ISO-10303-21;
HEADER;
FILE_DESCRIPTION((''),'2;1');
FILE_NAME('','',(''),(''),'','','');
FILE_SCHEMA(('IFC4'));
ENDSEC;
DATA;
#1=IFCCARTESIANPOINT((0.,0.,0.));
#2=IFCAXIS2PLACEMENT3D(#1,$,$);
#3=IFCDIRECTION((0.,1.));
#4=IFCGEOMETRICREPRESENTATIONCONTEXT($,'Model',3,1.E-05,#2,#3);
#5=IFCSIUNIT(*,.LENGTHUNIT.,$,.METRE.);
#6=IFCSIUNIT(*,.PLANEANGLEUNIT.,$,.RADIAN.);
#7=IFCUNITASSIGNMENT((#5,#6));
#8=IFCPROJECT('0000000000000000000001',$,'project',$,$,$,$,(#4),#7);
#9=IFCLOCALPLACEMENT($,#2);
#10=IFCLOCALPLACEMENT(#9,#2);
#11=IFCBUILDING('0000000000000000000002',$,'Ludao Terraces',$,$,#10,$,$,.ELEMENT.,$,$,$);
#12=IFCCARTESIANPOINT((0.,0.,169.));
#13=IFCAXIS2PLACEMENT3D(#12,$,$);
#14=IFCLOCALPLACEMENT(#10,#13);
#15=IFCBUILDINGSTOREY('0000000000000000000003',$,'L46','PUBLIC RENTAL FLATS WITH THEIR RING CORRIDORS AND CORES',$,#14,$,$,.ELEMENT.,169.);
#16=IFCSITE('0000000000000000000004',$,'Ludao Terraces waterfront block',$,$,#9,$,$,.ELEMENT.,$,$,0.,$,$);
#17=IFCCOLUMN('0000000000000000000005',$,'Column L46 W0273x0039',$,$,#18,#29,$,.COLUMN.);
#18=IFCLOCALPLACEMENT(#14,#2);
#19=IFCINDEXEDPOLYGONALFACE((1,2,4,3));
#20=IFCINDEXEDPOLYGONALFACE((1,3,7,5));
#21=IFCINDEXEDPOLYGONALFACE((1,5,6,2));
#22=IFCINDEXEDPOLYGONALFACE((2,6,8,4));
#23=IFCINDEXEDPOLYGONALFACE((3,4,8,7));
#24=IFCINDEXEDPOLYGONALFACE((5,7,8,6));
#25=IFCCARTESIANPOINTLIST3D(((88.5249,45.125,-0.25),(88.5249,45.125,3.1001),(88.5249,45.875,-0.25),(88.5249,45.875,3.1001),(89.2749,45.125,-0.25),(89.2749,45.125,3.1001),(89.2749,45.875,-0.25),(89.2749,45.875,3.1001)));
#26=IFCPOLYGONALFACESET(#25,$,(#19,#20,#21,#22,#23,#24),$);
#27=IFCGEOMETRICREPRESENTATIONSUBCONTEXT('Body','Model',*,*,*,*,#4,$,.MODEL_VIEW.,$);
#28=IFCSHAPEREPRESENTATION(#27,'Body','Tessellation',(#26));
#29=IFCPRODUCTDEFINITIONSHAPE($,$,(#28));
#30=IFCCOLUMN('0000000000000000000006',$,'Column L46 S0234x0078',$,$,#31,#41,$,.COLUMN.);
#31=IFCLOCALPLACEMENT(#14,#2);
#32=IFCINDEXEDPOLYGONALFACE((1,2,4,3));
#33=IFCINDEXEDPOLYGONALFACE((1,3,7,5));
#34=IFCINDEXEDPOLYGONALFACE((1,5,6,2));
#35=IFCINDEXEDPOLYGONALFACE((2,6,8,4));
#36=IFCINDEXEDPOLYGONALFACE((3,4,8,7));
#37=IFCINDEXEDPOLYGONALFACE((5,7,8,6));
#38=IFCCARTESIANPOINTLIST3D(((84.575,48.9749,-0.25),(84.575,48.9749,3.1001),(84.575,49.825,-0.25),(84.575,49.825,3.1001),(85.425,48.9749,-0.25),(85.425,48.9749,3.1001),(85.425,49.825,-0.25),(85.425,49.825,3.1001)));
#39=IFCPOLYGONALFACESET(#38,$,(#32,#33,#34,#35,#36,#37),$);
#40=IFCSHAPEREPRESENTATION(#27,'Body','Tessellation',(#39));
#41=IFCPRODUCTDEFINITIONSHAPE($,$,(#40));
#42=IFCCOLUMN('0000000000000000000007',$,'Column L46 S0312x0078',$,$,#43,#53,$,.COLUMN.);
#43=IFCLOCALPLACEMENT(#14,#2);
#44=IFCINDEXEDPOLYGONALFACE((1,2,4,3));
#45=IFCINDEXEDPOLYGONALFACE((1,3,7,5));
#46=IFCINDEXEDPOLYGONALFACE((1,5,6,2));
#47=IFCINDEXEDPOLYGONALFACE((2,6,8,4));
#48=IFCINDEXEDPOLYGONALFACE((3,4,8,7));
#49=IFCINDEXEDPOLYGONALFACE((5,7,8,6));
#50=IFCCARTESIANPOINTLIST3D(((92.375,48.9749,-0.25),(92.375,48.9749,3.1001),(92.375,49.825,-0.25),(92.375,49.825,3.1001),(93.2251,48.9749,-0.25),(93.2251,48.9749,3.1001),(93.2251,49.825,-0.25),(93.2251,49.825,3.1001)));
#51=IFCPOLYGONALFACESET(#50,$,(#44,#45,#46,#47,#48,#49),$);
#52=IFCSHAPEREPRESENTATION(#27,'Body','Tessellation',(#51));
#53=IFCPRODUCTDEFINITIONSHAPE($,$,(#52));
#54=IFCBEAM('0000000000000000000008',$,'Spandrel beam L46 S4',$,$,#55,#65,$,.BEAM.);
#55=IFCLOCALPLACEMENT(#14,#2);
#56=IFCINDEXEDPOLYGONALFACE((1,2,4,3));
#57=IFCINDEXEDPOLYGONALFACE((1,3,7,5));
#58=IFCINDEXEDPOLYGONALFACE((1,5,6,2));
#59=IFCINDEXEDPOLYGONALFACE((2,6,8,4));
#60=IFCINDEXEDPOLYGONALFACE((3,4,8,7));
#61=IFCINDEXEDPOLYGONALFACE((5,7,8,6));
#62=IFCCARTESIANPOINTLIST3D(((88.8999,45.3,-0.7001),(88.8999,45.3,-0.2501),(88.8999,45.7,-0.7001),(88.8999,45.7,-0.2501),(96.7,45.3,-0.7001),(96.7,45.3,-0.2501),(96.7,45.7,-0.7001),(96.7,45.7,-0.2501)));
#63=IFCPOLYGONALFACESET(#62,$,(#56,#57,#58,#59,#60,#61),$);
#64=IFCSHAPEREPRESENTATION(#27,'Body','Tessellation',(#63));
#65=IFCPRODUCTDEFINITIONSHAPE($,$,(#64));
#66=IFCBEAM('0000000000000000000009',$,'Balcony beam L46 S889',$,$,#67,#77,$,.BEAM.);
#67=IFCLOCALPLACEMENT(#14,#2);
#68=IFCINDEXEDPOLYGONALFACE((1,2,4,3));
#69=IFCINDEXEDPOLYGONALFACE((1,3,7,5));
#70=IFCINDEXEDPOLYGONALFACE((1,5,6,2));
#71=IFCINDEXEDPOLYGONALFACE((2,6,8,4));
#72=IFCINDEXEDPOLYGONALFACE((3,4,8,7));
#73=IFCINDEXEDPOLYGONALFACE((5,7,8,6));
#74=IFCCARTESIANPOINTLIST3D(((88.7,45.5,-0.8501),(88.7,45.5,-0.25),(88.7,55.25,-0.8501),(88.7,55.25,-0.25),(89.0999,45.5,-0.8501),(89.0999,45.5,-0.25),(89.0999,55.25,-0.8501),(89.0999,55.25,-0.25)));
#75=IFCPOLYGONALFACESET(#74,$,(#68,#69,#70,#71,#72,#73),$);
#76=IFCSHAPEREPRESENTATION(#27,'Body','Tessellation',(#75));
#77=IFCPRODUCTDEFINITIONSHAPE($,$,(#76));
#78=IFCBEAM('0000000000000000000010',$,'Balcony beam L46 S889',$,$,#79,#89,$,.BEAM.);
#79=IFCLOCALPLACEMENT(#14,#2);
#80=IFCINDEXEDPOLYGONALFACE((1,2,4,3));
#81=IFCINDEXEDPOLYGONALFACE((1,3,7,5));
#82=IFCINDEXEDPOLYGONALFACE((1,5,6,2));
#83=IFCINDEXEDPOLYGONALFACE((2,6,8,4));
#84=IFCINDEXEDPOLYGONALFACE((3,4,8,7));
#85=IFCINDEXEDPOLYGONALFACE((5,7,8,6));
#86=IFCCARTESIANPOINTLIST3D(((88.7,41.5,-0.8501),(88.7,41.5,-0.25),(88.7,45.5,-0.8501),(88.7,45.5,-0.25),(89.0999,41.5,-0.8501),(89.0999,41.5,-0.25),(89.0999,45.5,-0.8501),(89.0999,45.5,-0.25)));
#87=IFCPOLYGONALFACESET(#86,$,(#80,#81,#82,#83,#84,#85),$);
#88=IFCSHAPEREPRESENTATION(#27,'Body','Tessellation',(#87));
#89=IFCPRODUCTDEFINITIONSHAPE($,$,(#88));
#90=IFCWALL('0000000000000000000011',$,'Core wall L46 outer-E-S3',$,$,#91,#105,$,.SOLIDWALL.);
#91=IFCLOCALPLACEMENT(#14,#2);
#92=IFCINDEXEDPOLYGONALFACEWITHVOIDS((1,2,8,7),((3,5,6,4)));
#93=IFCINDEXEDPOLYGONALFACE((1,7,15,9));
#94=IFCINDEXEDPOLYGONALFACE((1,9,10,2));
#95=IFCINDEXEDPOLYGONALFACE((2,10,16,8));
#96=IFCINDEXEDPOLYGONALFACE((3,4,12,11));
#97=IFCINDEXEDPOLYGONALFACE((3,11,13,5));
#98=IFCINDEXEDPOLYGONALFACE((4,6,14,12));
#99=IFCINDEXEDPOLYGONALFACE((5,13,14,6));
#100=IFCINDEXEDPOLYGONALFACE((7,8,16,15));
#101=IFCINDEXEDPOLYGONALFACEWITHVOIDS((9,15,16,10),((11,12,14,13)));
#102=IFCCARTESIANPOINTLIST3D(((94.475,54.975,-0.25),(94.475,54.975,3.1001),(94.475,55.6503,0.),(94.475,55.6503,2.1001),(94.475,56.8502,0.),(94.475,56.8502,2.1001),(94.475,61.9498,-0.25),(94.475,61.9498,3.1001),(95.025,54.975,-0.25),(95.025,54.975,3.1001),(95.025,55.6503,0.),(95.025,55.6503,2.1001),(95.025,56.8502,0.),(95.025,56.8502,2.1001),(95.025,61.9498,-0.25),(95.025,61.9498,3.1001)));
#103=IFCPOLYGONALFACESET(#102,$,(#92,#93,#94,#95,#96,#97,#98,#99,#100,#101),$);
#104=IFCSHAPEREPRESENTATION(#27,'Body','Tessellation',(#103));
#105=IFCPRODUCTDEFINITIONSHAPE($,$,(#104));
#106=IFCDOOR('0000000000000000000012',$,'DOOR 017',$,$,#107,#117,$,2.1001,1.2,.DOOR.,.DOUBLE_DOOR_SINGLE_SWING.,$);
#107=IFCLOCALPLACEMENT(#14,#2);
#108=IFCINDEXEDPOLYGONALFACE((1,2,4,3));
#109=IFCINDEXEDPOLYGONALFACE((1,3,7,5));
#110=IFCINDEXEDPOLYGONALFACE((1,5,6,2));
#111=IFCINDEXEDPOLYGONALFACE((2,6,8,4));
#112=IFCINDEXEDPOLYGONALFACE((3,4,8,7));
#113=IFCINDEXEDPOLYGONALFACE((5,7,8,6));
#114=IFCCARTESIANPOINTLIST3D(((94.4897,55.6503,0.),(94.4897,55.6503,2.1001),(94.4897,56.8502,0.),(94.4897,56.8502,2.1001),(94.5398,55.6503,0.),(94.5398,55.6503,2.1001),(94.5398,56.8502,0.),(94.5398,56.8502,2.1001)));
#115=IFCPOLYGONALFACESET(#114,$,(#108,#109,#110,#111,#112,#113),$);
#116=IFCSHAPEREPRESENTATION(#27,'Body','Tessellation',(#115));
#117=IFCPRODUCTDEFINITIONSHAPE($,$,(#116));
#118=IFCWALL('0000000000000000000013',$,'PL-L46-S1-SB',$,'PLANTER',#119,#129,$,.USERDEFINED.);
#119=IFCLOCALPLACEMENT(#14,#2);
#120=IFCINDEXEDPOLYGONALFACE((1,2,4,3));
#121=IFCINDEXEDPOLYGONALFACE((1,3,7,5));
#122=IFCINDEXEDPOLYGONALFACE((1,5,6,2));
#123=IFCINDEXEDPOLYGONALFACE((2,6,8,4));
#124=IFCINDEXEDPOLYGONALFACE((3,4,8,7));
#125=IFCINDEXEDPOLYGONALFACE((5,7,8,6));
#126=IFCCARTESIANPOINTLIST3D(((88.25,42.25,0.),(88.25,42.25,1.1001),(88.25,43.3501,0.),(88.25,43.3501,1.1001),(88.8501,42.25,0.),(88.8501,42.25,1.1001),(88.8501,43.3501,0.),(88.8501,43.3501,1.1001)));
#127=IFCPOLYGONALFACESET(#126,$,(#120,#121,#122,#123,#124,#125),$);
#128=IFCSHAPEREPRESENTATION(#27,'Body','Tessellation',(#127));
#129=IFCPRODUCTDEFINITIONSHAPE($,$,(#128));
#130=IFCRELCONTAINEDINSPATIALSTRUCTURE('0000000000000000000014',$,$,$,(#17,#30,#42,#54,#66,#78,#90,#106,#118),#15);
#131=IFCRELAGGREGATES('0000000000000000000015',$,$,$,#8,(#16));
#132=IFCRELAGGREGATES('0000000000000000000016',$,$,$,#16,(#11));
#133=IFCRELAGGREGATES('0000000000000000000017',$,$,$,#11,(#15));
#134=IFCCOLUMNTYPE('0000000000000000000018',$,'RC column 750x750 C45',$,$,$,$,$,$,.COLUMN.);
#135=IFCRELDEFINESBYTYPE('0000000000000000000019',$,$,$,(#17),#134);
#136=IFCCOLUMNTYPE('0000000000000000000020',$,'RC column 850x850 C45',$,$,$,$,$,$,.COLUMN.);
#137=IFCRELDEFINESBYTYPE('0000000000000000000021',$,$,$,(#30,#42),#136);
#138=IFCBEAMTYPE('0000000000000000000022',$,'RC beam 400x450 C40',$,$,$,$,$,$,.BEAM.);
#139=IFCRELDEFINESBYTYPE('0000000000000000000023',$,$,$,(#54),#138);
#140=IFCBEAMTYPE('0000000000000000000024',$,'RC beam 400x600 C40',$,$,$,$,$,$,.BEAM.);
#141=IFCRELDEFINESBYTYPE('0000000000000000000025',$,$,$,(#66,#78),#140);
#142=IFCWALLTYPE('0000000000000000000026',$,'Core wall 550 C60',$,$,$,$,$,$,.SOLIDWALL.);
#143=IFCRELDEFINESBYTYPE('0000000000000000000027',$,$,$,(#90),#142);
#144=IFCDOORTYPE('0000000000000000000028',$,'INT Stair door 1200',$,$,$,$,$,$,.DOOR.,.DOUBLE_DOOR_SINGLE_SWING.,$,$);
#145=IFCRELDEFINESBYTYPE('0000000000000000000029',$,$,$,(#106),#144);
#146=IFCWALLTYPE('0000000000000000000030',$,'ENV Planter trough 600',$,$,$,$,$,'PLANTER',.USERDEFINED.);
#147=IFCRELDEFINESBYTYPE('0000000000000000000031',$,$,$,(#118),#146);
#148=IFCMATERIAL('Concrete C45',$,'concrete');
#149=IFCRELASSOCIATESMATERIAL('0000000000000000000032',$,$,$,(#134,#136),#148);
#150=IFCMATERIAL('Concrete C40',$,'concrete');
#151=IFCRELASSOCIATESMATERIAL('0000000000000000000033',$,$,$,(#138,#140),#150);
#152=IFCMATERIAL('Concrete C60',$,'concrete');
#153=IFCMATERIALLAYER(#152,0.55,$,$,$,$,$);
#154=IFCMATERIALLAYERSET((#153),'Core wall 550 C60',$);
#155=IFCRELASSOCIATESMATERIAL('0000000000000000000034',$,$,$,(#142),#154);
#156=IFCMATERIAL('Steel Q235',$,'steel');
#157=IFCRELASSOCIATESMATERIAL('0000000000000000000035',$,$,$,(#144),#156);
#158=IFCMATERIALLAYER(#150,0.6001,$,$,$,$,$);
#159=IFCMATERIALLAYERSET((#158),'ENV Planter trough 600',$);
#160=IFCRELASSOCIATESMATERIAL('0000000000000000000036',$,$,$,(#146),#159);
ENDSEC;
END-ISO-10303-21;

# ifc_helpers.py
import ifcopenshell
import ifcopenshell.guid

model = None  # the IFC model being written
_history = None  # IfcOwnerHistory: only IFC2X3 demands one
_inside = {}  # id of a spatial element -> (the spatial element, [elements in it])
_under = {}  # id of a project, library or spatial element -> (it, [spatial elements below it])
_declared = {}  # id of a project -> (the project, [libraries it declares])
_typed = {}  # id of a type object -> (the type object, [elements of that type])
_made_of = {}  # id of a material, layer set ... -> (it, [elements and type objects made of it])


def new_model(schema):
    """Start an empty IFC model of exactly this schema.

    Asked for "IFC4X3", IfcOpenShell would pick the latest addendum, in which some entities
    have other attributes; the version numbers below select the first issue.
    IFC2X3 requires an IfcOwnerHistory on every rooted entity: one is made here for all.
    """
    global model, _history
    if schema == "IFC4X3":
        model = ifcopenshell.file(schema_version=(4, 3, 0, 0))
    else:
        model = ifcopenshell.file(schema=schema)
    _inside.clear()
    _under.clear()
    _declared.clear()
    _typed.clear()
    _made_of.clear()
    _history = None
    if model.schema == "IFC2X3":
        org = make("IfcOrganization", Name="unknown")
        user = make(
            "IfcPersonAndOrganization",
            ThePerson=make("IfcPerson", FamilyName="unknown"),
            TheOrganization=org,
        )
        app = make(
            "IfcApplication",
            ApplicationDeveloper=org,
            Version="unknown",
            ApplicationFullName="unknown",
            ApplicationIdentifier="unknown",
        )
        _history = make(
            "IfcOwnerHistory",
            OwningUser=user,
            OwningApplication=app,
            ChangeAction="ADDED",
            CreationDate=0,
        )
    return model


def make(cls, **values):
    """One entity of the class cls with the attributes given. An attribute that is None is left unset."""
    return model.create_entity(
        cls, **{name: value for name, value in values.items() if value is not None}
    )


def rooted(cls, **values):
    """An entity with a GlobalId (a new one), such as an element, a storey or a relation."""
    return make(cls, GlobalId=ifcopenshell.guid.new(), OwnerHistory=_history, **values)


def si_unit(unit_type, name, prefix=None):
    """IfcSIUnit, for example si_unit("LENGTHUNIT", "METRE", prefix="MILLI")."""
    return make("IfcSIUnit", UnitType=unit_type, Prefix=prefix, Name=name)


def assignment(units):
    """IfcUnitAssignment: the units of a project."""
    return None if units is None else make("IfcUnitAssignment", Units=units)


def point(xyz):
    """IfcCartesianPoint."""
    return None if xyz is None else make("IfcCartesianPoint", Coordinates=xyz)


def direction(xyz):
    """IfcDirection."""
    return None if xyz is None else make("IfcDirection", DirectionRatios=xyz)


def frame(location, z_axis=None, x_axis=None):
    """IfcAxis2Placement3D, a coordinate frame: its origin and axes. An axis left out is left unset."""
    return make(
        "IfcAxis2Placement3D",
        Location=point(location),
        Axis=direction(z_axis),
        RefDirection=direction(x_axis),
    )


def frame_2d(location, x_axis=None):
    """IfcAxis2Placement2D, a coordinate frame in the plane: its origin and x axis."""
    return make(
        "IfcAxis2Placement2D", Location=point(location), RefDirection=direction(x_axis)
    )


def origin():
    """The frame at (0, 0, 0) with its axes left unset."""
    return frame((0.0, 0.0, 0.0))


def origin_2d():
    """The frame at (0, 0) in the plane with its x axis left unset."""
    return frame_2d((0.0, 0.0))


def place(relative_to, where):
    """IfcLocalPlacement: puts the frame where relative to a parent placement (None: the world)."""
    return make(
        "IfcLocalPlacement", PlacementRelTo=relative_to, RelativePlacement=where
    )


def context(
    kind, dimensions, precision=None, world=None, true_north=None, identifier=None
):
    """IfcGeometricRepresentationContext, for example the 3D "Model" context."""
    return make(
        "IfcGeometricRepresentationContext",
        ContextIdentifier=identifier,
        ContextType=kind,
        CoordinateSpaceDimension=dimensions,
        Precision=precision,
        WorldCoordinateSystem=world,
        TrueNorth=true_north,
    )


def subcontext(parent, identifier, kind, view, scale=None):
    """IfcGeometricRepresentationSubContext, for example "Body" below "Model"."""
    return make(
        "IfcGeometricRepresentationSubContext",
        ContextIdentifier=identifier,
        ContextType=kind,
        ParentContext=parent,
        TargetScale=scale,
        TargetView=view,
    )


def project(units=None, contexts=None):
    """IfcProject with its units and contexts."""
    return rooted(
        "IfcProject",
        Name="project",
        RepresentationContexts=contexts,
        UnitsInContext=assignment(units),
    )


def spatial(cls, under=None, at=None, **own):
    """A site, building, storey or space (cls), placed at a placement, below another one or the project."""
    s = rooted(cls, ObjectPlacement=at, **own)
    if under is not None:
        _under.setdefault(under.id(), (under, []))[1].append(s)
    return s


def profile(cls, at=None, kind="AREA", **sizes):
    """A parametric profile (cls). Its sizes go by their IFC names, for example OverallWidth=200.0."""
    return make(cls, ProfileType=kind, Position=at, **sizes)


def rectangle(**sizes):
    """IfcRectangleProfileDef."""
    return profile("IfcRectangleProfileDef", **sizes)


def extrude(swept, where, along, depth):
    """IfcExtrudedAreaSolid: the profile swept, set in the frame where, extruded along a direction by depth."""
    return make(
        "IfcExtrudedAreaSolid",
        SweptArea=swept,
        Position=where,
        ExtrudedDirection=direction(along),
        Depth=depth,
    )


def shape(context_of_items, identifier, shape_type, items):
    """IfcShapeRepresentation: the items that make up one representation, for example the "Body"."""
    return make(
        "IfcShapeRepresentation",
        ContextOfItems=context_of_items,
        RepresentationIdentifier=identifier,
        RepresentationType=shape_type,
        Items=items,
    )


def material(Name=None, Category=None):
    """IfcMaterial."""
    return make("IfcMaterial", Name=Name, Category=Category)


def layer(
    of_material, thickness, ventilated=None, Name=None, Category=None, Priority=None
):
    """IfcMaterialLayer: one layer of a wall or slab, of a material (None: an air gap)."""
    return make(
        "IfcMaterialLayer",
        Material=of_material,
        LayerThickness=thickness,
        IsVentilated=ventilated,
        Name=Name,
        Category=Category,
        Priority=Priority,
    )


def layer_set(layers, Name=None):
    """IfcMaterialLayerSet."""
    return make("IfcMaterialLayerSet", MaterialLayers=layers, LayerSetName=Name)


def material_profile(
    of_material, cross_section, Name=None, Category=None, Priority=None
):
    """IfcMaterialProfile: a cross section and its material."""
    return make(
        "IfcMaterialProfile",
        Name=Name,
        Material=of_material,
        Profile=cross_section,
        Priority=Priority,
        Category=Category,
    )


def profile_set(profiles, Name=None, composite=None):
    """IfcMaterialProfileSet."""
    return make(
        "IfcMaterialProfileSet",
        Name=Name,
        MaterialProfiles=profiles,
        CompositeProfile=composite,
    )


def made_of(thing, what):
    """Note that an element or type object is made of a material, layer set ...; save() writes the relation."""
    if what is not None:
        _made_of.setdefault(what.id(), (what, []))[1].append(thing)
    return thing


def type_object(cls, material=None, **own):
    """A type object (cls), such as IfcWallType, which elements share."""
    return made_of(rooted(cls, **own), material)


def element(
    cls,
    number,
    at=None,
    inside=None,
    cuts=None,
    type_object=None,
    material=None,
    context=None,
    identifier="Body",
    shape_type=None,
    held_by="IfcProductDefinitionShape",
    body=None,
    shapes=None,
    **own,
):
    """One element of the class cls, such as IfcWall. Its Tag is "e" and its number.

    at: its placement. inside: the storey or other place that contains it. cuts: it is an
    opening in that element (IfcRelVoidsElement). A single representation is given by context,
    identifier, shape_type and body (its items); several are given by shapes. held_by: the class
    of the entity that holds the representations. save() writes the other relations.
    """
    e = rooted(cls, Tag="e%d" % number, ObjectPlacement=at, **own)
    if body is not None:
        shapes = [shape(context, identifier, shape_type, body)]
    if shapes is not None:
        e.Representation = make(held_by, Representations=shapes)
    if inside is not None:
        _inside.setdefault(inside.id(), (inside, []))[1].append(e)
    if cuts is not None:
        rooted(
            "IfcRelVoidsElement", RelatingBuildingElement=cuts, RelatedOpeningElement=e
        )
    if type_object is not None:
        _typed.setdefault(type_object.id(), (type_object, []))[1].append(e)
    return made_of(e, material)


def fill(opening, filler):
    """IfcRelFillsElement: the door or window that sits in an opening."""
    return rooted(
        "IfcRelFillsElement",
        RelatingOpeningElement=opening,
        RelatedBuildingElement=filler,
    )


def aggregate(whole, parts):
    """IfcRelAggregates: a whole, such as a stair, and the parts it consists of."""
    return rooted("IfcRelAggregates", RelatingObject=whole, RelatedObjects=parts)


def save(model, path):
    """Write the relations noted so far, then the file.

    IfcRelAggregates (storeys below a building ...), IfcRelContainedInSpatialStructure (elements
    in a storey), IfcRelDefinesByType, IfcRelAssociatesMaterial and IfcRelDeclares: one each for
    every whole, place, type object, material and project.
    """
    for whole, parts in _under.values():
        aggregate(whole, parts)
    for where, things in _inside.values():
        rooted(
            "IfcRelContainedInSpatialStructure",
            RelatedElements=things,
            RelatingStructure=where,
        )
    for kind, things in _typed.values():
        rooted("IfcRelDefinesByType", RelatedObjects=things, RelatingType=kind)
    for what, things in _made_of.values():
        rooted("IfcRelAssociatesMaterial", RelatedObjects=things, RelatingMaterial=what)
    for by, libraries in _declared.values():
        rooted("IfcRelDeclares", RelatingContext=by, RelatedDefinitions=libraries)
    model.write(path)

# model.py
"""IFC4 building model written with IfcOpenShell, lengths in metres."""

from ifc_helpers import new_model, si_unit, direction, frame, frame_2d, origin, origin_2d, place, context, subcontext, project, spatial, rectangle, extrude, material, layer, layer_set, material_profile, profile_set, type_object, element, fill, save


model = new_model("IFC4")

# Units and contexts
model_context = context("Model", 3, precision=1e-05, world=origin(), true_north=direction((0.0, 1.0)))
body_context = subcontext(model_context, "Body", "Model", "MODEL_VIEW")
ifc_project = project(units=[si_unit("LENGTHUNIT", "METRE"), si_unit("PLANEANGLEUNIT", "RADIAN")], contexts=[model_context])

# Site, building, storey
site_placement = place(None, origin())
site = spatial("IfcSite", under=ifc_project, at=site_placement, Name="Ludao Terraces waterfront block", CompositionType="ELEMENT", RefElevation=0.0)
building_placement = place(site_placement, origin())
building = spatial("IfcBuilding", under=site, at=building_placement, Name="Ludao Terraces", CompositionType="ELEMENT")
storey_placement = place(building_placement, frame((0.0, 0.0, 169.0)))
storey = spatial("IfcBuildingStorey", under=building, at=storey_placement, Name="L46", Description="PUBLIC RENTAL FLATS WITH THEIR RING CORRIDORS AND CORES", CompositionType="ELEMENT", Elevation=169.0)

# Columns
ifc_material_1 = material(Name="Concrete C45", Category="concrete")
ifc_material_profile_1 = material_profile(ifc_material_1, rectangle(XDim=0.75, YDim=0.75, at=origin_2d()), Name="750 X 750")
ifc_profile_set_1 = profile_set([ifc_material_profile_1], Name="Concrete C45")
column_type_1 = type_object("IfcColumnType", Name="RC column 750x750 C45", PredefinedType="COLUMN", material=ifc_profile_set_1)
column_placement = place(storey_placement, frame((88.8999, 45.5, -0.25), z_axis=(0.0, 0.0, 1.0), x_axis=(1.0, 0.0, 0.0)))
element("IfcColumn", 1, at=column_placement, inside=storey, type_object=column_type_1, Name="Column L46 W0273x0039", PredefinedType="COLUMN", context=body_context, shape_type="SweptSolid", body=[
    extrude(rectangle(XDim=0.75, YDim=0.75, at=origin_2d()), origin(), (0.0, 0.0, 1.0), 3.3501),
])
ifc_material_profile_2 = material_profile(ifc_material_1, rectangle(XDim=0.8501, YDim=0.8501, at=origin_2d()), Name="850 X 850")
ifc_profile_set_2 = profile_set([ifc_material_profile_2], Name="Concrete C45")
column_type_2 = type_object("IfcColumnType", Name="RC column 850x850 C45", PredefinedType="COLUMN", material=ifc_profile_set_2)
for number, where, z_axis, x_axis, name in (
    (2, (85.0, 49.3999, -0.25), (0.0, 0.0, 1.0), (1.0, 0.0, 0.0), "Column L46 S0234x0078"),
    (3, (92.8, 49.3999, -0.25), (0.0, 0.0, 1.0), (1.0, 0.0, 0.0), "Column L46 S0312x0078"),
):
    element("IfcColumn", number, at=place(storey_placement, frame(where, z_axis=z_axis, x_axis=x_axis)), inside=storey, type_object=column_type_2, Name=name, PredefinedType="COLUMN", context=body_context, shape_type="SweptSolid", body=[
        extrude(rectangle(XDim=0.8501, YDim=0.8501, at=origin_2d()), origin(), (0.0, 0.0, 1.0), 3.3501),
    ])

# Beams
ifc_material_2 = material(Name="Concrete C40", Category="concrete")
ifc_material_profile_3 = material_profile(ifc_material_2, rectangle(XDim=0.3999, YDim=0.45, at=origin_2d()), Name="400 X 450")
ifc_profile_set_3 = profile_set([ifc_material_profile_3], Name="Concrete C40")
beam_type_1 = type_object("IfcBeamType", Name="RC beam 400x450 C40", PredefinedType="BEAM", material=ifc_profile_set_3)
beam_1_placement = place(storey_placement, frame((88.8999, 45.5, -0.4751), z_axis=(1.0, 0.0, 0.0), x_axis=(0.0, 1.0, 0.0)))
element("IfcBeam", 4, at=beam_1_placement, inside=storey, type_object=beam_type_1, Name="Spandrel beam L46 S4", PredefinedType="BEAM", context=body_context, shape_type="SweptSolid", body=[
    extrude(rectangle(XDim=0.3999, YDim=0.45, at=origin_2d()), origin(), (0.0, 0.0, 1.0), 7.8),
])
ifc_material_profile_4 = material_profile(ifc_material_2, rectangle(XDim=0.3999, YDim=0.6001, at=origin_2d()), Name="400 X 600")
ifc_profile_set_4 = profile_set([ifc_material_profile_4], Name="Concrete C40")
beam_type_2 = type_object("IfcBeamType", Name="RC beam 400x600 C40", PredefinedType="BEAM", material=ifc_profile_set_4)
beam_2_placement = place(storey_placement, frame((88.8999, 55.25, -0.55), z_axis=(0.0, -1.0, 0.0), x_axis=(1.0, 0.0, 0.0)))
element("IfcBeam", 5, at=beam_2_placement, inside=storey, type_object=beam_type_2, Name="Balcony beam L46 S889", PredefinedType="BEAM", context=body_context, shape_type="SweptSolid", body=[
    extrude(rectangle(XDim=0.3999, YDim=0.6001, at=origin_2d()), origin(), (0.0, 0.0, 1.0), 9.75),
])
beam_3_placement = place(storey_placement, frame((88.8999, 45.5, -0.55), z_axis=(0.0, -1.0, 0.0), x_axis=(1.0, 0.0, 0.0)))
element("IfcBeam", 6, at=beam_3_placement, inside=storey, type_object=beam_type_2, Name="Balcony beam L46 S889", PredefinedType="BEAM", context=body_context, shape_type="SweptSolid", body=[
    extrude(rectangle(XDim=0.3999, YDim=0.6001, at=origin_2d()), origin(), (0.0, 0.0, 1.0), 4.0),
])

# Wall, opening, door
ifc_material_3 = material(Name="Concrete C60", Category="concrete")
ifc_layer_1 = layer(ifc_material_3, 0.55)
ifc_layer_set_1 = layer_set([ifc_layer_1], Name="Core wall 550 C60")
wall_type_1 = type_object("IfcWallType", Name="Core wall 550 C60", PredefinedType="SOLIDWALL", material=ifc_layer_set_1)
wall_1_placement = place(storey_placement, frame((94.75, 54.9751, -0.25), z_axis=(0.0, 0.0, 1.0), x_axis=(0.0, 1.0, 0.0)))
wall_1 = element("IfcWall", 7, at=wall_1_placement, inside=storey, type_object=wall_type_1, Name="Core wall L46 outer-E-S3", PredefinedType="SOLIDWALL", context=body_context, shape_type="SweptSolid", body=[
    extrude(rectangle(XDim=6.9749, YDim=0.55, at=frame_2d((3.4873, 0.0))), origin(), (0.0, 0.0, 1.0), 3.3501),
])
opening_1_placement = place(wall_1_placement, frame((0.675, 0.0, 0.25)))
opening_1 = element("IfcOpeningElement", 8, at=opening_1_placement, cuts=wall_1, PredefinedType="OPENING", context=body_context, shape_type="SweptSolid", body=[
    extrude(rectangle(XDim=1.2, YDim=2.1001, at=frame_2d((0.6001, 1.05))), frame((0.0, 0.2852, 0.0), z_axis=(0.0, -1.0, 0.0), x_axis=(1.0, 0.0, 0.0)), (0.0, 0.0, 1.0), 0.5701),
])
ifc_material_4 = material(Name="Steel Q235", Category="steel")
door_type_1 = type_object("IfcDoorType", Name="INT Stair door 1200", OperationType="DOUBLE_DOOR_SINGLE_SWING", PredefinedType="DOOR", material=ifc_material_4)
door_1_placement = place(opening_1_placement, origin())
door_1 = element("IfcDoor", 9, at=door_1_placement, inside=storey, type_object=door_type_1, Name="DOOR 017", OperationType="DOUBLE_DOOR_SINGLE_SWING", OverallHeight=2.1001, OverallWidth=1.2, PredefinedType="DOOR", context=body_context, shape_type="SweptSolid", body=[
    extrude(rectangle(XDim=1.2, YDim=2.1001, at=frame_2d((0.6001, 1.05))), frame((0.0, 0.2603, 0.0), z_axis=(0.0, -1.0, 0.0), x_axis=(1.0, 0.0, 0.0)), (0.0, 0.0, 1.0), 0.05),
])
fill(opening_1, door_1)

# Wall
ifc_layer_2 = layer(ifc_material_2, 0.6001)
ifc_layer_set_2 = layer_set([ifc_layer_2], Name="ENV Planter trough 600")
wall_type_2 = type_object("IfcWallType", Name="ENV Planter trough 600", ElementType="PLANTER", PredefinedType="USERDEFINED", material=ifc_layer_set_2)
wall_2_placement = place(storey_placement, frame((88.55, 42.25, 0.0), z_axis=(0.0, 0.0, 1.0), x_axis=(0.0, 1.0, 0.0)))
element("IfcWall", 10, at=wall_2_placement, inside=storey, type_object=wall_type_2, Name="PL-L46-S1-SB", ObjectType="PLANTER", PredefinedType="USERDEFINED", context=body_context, shape_type="SweptSolid", body=[
    extrude(rectangle(XDim=1.1001, YDim=0.6001, at=frame_2d((0.55, 0.0))), origin(), (0.0, 0.0, 1.0), 1.1001),
])

save(model, "model.ifc")
